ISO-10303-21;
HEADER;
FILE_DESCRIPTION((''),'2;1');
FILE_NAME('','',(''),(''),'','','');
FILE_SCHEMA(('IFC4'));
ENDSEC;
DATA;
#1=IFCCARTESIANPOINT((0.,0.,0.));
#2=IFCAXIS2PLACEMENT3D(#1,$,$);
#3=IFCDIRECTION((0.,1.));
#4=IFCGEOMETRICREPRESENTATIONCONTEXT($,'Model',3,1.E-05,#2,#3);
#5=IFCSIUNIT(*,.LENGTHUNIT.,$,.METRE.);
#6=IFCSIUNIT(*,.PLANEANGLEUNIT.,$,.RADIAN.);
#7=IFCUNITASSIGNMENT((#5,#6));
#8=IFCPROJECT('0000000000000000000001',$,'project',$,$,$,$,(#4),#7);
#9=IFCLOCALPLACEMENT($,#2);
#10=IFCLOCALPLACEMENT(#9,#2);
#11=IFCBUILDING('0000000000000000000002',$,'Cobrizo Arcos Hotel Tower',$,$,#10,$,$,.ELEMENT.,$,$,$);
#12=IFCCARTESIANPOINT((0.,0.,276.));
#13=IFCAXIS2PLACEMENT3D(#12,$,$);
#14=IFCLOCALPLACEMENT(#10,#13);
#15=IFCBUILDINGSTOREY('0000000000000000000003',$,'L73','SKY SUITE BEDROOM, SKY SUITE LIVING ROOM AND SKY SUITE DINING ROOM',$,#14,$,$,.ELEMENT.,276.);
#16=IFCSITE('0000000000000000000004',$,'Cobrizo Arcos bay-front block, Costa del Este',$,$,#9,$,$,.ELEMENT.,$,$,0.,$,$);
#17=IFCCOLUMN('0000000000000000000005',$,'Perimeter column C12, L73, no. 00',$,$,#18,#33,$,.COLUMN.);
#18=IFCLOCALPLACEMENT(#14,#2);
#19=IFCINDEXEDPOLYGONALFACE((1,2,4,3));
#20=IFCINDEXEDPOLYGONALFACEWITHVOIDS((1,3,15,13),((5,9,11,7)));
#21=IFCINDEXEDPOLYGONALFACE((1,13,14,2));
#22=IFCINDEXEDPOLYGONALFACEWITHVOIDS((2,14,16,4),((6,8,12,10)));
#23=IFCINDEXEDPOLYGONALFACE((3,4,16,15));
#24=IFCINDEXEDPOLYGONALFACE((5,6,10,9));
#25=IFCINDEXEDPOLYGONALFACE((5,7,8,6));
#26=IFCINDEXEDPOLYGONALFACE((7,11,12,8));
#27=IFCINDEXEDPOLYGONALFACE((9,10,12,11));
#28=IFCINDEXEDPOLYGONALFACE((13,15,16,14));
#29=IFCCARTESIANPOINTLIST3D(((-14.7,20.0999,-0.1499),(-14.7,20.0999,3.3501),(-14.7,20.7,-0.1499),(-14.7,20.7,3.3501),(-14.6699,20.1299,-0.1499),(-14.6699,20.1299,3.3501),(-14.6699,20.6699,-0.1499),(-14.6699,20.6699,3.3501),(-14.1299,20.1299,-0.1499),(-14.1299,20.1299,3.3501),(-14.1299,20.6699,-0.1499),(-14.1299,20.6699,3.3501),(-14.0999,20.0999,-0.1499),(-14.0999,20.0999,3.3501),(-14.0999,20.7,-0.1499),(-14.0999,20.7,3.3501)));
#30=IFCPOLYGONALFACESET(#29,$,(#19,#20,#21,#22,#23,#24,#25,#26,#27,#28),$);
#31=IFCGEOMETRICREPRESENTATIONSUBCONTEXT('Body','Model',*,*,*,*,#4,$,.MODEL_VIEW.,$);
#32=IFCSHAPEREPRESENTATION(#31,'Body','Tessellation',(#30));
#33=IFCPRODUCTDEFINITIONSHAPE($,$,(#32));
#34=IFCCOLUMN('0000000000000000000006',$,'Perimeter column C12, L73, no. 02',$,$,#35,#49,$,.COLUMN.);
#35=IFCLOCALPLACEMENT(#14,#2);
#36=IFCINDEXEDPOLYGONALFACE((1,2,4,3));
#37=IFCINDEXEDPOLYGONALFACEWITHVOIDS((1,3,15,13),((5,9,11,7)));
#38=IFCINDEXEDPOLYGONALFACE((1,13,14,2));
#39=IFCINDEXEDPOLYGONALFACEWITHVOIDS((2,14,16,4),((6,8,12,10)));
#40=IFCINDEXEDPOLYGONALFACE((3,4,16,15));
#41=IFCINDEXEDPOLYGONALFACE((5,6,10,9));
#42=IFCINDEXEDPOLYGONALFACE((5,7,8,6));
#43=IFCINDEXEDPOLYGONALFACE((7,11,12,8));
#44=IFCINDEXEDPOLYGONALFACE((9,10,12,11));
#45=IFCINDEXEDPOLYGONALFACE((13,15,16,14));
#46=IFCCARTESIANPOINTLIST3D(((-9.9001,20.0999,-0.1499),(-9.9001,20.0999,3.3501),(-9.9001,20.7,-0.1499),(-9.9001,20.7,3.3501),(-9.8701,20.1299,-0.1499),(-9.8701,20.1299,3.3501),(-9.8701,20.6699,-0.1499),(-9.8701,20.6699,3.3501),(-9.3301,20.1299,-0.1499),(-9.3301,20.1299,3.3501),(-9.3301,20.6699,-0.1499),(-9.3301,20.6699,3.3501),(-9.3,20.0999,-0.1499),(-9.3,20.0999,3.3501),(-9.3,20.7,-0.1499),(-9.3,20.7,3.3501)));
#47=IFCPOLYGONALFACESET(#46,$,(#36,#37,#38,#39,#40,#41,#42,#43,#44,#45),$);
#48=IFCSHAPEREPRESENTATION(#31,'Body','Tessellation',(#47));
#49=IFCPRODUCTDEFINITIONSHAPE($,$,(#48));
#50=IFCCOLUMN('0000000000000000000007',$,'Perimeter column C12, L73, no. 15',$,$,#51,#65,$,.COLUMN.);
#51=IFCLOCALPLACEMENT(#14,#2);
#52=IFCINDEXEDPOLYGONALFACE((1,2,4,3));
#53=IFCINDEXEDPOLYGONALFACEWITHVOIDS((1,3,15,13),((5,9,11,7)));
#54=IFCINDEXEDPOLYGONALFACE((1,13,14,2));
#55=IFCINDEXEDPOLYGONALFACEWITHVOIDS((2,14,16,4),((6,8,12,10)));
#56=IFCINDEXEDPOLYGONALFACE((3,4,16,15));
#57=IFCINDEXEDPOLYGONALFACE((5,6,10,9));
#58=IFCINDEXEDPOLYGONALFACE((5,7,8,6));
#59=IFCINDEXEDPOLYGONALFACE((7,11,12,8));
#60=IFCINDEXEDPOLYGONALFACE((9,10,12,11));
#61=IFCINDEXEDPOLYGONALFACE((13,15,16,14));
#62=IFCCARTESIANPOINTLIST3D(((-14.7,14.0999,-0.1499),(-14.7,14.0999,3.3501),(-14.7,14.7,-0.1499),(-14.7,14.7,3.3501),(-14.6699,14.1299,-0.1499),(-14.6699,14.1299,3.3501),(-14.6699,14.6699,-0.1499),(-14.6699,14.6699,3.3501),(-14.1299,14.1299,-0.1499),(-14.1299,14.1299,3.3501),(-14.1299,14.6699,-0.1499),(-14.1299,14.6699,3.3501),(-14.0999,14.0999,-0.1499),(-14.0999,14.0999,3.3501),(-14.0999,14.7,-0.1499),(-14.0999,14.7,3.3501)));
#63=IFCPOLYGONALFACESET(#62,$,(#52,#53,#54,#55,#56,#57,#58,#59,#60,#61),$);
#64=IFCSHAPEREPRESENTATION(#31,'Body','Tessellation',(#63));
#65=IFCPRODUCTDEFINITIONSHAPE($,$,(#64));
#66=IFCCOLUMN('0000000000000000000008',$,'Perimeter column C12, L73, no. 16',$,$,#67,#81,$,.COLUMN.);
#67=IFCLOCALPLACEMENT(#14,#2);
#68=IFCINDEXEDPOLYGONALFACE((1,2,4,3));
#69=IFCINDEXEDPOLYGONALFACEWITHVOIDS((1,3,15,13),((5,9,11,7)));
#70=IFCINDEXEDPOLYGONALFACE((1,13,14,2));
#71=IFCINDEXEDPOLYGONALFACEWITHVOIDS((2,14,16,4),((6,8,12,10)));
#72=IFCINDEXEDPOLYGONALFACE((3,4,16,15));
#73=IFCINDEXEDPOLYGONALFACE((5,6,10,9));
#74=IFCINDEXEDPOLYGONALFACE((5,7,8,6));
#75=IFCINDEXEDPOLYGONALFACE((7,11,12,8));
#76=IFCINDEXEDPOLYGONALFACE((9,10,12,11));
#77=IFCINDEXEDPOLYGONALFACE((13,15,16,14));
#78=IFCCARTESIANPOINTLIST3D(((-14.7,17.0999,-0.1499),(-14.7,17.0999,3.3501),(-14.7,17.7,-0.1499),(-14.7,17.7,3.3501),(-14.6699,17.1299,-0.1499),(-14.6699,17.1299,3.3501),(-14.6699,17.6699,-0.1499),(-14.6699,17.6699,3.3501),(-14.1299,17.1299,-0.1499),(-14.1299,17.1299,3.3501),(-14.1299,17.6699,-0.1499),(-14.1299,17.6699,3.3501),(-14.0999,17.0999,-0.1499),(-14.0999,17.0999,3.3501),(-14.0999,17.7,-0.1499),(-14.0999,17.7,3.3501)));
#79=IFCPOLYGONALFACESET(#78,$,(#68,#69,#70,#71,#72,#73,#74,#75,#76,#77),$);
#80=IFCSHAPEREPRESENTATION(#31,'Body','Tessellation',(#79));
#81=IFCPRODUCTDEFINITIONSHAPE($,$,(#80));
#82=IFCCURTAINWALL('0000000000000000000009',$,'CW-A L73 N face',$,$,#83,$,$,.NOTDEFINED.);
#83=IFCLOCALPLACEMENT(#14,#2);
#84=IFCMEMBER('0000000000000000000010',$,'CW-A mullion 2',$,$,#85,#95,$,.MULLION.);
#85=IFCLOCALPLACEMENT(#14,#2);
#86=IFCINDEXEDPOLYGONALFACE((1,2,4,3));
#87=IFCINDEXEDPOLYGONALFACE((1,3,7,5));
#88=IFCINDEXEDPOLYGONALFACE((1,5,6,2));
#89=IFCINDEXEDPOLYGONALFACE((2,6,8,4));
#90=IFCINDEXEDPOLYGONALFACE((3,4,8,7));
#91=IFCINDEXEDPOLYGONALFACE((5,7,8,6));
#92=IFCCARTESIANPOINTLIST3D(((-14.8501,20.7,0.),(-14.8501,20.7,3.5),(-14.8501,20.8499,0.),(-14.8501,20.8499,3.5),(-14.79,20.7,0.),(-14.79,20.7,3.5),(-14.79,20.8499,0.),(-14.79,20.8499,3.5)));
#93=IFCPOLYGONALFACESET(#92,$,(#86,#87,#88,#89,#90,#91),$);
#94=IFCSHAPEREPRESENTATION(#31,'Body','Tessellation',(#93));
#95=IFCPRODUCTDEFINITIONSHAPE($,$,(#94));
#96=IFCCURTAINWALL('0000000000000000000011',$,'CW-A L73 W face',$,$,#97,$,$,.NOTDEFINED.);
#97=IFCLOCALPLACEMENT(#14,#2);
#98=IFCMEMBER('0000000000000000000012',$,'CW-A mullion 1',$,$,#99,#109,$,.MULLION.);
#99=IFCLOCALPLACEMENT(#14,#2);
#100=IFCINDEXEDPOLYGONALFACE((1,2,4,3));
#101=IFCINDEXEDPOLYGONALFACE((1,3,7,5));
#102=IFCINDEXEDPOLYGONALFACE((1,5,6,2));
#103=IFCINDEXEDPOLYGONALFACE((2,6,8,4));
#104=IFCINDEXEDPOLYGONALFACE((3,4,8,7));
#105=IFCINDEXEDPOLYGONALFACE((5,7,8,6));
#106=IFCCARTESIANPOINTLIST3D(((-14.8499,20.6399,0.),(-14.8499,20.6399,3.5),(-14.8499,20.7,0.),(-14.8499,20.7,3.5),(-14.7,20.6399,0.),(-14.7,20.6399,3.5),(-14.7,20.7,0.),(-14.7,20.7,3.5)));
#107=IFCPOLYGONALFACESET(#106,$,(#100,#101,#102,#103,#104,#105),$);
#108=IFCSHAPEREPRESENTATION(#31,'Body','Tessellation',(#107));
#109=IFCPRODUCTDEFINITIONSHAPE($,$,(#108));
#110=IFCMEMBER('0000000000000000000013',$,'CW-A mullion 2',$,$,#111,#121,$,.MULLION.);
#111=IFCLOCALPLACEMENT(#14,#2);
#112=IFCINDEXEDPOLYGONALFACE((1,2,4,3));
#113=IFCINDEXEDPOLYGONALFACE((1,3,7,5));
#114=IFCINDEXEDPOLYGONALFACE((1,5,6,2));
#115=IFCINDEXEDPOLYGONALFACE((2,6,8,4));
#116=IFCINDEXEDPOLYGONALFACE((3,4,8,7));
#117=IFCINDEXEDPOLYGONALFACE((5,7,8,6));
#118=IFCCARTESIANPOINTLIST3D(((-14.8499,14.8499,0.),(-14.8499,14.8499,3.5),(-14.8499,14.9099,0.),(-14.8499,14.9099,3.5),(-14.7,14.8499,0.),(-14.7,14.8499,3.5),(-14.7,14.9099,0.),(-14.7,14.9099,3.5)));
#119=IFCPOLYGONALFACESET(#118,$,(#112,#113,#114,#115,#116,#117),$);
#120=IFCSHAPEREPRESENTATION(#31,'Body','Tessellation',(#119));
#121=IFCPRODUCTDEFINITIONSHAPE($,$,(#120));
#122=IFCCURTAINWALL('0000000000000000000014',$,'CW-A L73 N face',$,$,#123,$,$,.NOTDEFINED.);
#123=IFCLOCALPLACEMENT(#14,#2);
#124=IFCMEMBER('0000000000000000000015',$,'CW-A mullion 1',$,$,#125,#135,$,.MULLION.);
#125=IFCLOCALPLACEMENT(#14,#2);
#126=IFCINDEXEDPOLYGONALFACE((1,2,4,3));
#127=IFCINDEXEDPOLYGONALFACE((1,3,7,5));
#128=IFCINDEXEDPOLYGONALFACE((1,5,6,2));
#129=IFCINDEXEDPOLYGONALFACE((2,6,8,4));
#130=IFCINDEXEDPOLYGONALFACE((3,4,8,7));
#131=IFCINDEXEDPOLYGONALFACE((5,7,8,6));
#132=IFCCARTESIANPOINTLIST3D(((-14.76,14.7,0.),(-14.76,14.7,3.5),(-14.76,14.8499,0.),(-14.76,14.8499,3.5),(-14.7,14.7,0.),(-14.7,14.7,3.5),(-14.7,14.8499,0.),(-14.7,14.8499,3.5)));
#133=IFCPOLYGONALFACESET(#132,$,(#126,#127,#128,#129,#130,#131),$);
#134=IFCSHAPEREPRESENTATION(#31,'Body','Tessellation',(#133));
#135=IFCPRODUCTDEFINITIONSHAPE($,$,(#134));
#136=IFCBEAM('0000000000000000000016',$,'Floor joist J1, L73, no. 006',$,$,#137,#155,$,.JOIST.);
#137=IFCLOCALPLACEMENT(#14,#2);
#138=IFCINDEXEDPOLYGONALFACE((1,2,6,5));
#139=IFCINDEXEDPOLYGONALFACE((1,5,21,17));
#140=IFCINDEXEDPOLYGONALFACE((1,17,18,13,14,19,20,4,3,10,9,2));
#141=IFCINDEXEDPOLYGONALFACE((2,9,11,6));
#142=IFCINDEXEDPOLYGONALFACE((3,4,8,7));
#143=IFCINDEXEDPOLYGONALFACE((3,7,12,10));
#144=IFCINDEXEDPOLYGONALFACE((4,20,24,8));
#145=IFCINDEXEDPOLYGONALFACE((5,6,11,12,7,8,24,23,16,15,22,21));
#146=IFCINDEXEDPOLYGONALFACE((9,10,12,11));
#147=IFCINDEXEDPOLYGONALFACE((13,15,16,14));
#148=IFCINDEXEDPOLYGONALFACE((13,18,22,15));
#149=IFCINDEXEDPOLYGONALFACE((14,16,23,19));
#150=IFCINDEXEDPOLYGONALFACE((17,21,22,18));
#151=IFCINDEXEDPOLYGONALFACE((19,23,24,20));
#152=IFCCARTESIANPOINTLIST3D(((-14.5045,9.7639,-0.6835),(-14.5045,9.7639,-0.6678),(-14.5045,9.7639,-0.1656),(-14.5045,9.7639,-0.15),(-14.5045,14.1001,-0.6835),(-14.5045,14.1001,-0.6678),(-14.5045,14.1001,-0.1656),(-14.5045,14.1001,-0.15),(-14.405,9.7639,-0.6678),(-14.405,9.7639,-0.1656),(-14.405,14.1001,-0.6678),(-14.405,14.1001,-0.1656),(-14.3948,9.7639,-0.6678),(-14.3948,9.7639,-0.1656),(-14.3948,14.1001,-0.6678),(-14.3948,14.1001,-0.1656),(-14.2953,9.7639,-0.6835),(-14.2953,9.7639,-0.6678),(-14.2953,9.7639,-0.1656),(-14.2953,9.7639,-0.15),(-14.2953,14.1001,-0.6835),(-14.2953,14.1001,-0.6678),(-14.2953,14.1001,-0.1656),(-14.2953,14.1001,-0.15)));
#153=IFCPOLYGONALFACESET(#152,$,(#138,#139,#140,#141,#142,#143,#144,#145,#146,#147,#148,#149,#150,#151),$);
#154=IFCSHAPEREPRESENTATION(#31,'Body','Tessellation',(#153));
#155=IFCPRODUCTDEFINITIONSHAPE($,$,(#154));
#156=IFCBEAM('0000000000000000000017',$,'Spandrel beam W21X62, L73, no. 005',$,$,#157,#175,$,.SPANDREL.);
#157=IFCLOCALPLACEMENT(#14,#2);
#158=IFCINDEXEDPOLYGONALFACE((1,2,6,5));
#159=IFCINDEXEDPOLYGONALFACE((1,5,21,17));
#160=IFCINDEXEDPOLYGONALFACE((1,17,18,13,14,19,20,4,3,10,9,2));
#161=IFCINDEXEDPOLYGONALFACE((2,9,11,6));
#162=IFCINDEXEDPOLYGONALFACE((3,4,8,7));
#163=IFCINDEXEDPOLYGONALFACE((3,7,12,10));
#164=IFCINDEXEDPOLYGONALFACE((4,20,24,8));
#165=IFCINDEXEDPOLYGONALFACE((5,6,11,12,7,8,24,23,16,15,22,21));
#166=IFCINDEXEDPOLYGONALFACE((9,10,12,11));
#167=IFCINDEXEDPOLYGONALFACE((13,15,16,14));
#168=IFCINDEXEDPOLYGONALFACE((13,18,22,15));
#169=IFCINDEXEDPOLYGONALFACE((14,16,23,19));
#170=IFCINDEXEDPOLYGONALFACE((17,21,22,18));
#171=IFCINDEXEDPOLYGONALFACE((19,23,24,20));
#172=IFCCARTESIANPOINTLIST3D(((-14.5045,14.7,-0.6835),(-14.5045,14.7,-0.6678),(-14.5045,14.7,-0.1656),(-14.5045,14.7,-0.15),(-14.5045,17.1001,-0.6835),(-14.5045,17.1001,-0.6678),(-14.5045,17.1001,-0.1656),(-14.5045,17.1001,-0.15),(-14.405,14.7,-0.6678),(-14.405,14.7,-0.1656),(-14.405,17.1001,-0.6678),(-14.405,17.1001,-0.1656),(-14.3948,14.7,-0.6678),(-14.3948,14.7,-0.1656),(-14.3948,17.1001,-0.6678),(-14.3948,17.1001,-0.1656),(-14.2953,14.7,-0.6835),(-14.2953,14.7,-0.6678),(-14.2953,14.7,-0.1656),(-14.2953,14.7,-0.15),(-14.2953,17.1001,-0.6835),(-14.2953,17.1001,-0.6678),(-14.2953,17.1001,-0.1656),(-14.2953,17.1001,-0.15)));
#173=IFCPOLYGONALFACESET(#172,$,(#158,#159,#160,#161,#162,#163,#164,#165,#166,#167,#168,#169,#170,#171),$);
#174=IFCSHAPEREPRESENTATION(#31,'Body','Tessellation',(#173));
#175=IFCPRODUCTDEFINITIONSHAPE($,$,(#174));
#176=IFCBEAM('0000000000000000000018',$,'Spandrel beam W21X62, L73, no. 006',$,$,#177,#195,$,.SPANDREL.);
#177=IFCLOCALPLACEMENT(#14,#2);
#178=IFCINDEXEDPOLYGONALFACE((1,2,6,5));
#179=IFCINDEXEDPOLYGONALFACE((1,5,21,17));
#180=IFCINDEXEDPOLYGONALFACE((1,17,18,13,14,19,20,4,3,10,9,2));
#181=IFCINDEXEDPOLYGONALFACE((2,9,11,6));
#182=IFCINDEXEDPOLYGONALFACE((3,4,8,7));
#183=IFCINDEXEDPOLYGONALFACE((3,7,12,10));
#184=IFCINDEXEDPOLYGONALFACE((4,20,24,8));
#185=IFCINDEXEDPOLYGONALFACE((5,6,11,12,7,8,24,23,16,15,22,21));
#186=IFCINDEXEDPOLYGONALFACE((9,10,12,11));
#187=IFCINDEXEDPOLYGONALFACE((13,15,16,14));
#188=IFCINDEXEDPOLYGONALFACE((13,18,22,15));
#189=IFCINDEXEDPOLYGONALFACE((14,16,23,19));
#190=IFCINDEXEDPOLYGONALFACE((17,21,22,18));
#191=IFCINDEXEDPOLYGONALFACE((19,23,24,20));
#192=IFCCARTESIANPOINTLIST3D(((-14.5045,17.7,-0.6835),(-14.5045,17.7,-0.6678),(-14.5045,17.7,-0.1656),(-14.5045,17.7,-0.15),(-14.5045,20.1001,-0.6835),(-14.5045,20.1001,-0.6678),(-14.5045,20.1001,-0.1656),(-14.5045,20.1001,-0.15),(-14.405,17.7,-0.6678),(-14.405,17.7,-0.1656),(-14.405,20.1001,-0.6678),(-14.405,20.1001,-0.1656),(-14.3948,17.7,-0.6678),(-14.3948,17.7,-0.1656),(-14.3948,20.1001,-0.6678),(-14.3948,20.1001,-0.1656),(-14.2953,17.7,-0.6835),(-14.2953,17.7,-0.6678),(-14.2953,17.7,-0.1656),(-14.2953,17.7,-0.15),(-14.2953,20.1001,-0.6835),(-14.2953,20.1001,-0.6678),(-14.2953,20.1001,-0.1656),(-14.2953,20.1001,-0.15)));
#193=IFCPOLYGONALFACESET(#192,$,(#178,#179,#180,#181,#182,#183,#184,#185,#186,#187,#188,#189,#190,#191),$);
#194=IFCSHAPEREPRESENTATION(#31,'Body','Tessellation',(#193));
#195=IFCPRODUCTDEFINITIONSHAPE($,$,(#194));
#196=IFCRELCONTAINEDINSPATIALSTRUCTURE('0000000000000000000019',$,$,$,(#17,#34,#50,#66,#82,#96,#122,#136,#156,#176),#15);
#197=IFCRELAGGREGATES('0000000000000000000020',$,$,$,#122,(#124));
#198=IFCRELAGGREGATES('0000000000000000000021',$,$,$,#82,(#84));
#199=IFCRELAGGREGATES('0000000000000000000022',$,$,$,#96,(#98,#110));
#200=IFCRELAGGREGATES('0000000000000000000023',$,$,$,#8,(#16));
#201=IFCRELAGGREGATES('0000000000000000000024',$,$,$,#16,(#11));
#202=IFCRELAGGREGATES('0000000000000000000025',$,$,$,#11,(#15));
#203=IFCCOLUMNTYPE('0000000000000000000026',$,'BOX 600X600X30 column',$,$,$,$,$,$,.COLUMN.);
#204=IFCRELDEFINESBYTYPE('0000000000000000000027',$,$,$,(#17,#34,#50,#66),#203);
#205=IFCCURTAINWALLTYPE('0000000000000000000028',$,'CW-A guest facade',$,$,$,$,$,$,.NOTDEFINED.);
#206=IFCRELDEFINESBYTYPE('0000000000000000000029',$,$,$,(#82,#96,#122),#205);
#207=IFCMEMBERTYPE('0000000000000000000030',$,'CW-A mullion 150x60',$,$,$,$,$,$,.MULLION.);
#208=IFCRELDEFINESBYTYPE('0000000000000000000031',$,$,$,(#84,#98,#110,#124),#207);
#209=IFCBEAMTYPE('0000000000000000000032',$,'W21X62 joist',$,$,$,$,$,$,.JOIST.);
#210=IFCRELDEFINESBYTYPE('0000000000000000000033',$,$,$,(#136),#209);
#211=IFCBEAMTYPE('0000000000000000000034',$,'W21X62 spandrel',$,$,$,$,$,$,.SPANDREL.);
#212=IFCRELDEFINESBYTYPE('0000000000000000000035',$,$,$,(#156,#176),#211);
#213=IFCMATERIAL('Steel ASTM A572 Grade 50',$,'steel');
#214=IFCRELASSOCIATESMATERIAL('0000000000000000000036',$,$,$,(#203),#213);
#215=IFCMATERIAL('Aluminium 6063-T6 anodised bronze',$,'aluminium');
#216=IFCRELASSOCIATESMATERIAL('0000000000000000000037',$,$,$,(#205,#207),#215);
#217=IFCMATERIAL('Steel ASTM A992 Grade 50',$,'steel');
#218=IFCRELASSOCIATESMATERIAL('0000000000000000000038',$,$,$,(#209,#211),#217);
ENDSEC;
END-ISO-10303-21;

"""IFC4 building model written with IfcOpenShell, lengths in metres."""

from ifc_helpers import new_model, si_unit, direction, frame, origin, origin_2d, place, context, subcontext, project, spatial, rectangle, hollow_rectangle, i_section, extrude, material, material_profile, profile_set, type_object, element, aggregate, save


model = new_model("IFC4")

# Units and contexts
model_context = context("Model", 3, precision=1e-05, world=origin(), true_north=direction((0.0, 1.0)))
body_context = subcontext(model_context, "Body", "Model", "MODEL_VIEW")
ifc_project = project(units=[si_unit("LENGTHUNIT", "METRE"), si_unit("PLANEANGLEUNIT", "RADIAN")], contexts=[model_context])

# Site, building, storey
site_placement = place(None, origin())
site = spatial("IfcSite", under=ifc_project, at=site_placement, Name="Cobrizo Arcos bay-front block, Costa del Este", CompositionType="ELEMENT", RefElevation=0.0)
building_placement = place(site_placement, origin())
building = spatial("IfcBuilding", under=site, at=building_placement, Name="Cobrizo Arcos Hotel Tower", CompositionType="ELEMENT")
storey_placement = place(building_placement, frame((0.0, 0.0, 276.0)))
storey = spatial("IfcBuildingStorey", under=building, at=storey_placement, Name="L73", Description="SKY SUITE BEDROOM, SKY SUITE LIVING ROOM AND SKY SUITE DINING ROOM", CompositionType="ELEMENT", Elevation=276.0)

# Columns
ifc_material_1 = material(Name="Steel ASTM A572 Grade 50", Category="steel")
ifc_material_profile_1 = material_profile(ifc_material_1, hollow_rectangle(XDim=0.6001, YDim=0.6001, WallThickness=0.03, at=origin_2d()), Name="BOX 600X600X30")
ifc_profile_set_1 = profile_set([ifc_material_profile_1], Name="Steel ASTM A572 Grade 50")
column_type = type_object("IfcColumnType", Name="BOX 600X600X30 column", PredefinedType="COLUMN", material=ifc_profile_set_1)
for number, where, z_axis, x_axis, name in (
    (1, (-14.3999, 20.3999, -0.1499), (0.0, 0.0, 1.0), (1.0, 0.0, 0.0), "Perimeter column C12, L73, no. 00"),
    (2, (-9.6001, 20.3999, -0.1499), (0.0, 0.0, 1.0), (1.0, 0.0, 0.0), "Perimeter column C12, L73, no. 02"),
    (3, (-14.3999, 14.3999, -0.1499), (0.0, 0.0, 1.0), (1.0, 0.0, 0.0), "Perimeter column C12, L73, no. 15"),
    (4, (-14.3999, 17.3999, -0.1499), (0.0, 0.0, 1.0), (1.0, 0.0, 0.0), "Perimeter column C12, L73, no. 16"),
):
    element("IfcColumn", number, at=place(storey_placement, frame(where, z_axis=z_axis, x_axis=x_axis)), inside=storey, type_object=column_type, Name=name, PredefinedType="COLUMN", context=body_context, shape_type="SweptSolid", body=[
        extrude(hollow_rectangle(XDim=0.6001, YDim=0.6001, WallThickness=0.03, at=origin_2d()), origin(), (0.0, 0.0, 1.0), 3.5),
    ])

# Curtain wall, member
ifc_material_2 = material(Name="Aluminium 6063-T6 anodised bronze", Category="aluminium")
curtain_wall_type = type_object("IfcCurtainWallType", Name="CW-A guest facade", PredefinedType="NOTDEFINED", material=ifc_material_2)
curtain_wall_1_placement = place(storey_placement, origin())
curtain_wall_1 = element("IfcCurtainWall", 5, at=curtain_wall_1_placement, inside=storey, type_object=curtain_wall_type, Name="CW-A L73 N face", PredefinedType="NOTDEFINED")
ifc_material_profile_2 = material_profile(ifc_material_2, rectangle(XDim=0.1499, YDim=0.0601, at=origin_2d()), Name="CW-A mullion 150x60")
ifc_profile_set_2 = profile_set([ifc_material_profile_2], Name="Aluminium 6063-T6 anodised bronze")
member_type = type_object("IfcMemberType", Name="CW-A mullion 150x60", PredefinedType="MULLION", material=ifc_profile_set_2)
member_1_placement = place(storey_placement, frame((-14.8201, 20.7749, 0.0), z_axis=(0.0, 0.0, 1.0), x_axis=(0.0, 1.0, 0.0)))
member_1 = element("IfcMember", 6, at=member_1_placement, type_object=member_type, Name="CW-A mullion 2", PredefinedType="MULLION", context=body_context, shape_type="SweptSolid", body=[
    extrude(rectangle(XDim=0.1499, YDim=0.0601, at=origin_2d()), origin(), (0.0, 0.0, 1.0), 3.5),
])

# Curtain wall, members
curtain_wall_2_placement = place(storey_placement, origin())
curtain_wall_2 = element("IfcCurtainWall", 7, at=curtain_wall_2_placement, inside=storey, type_object=curtain_wall_type, Name="CW-A L73 W face", PredefinedType="NOTDEFINED")
member_2_placement = place(storey_placement, frame((-14.7749, 20.6699, 0.0), z_axis=(0.0, 0.0, 1.0), x_axis=(-1.0, 0.0, 0.0)))
member_2 = element("IfcMember", 8, at=member_2_placement, type_object=member_type, Name="CW-A mullion 1", PredefinedType="MULLION", context=body_context, shape_type="SweptSolid", body=[
    extrude(rectangle(XDim=0.1499, YDim=0.0601, at=origin_2d()), origin(), (0.0, 0.0, 1.0), 3.5),
])
member_3_placement = place(storey_placement, frame((-14.7749, 14.8799, 0.0), z_axis=(0.0, 0.0, 1.0), x_axis=(-1.0, 0.0, 0.0)))
member_3 = element("IfcMember", 9, at=member_3_placement, type_object=member_type, Name="CW-A mullion 2", PredefinedType="MULLION", context=body_context, shape_type="SweptSolid", body=[
    extrude(rectangle(XDim=0.1499, YDim=0.0601, at=origin_2d()), origin(), (0.0, 0.0, 1.0), 3.5),
])

# Curtain wall, member
curtain_wall_3_placement = place(storey_placement, origin())
curtain_wall_3 = element("IfcCurtainWall", 10, at=curtain_wall_3_placement, inside=storey, type_object=curtain_wall_type, Name="CW-A L73 N face", PredefinedType="NOTDEFINED")
member_4_placement = place(storey_placement, frame((-14.73, 14.7749, 0.0), z_axis=(0.0, 0.0, 1.0), x_axis=(0.0, 1.0, 0.0)))
member_4 = element("IfcMember", 11, at=member_4_placement, type_object=member_type, Name="CW-A mullion 1", PredefinedType="MULLION", context=body_context, shape_type="SweptSolid", body=[
    extrude(rectangle(XDim=0.1499, YDim=0.0601, at=origin_2d()), origin(), (0.0, 0.0, 1.0), 3.5),
])
aggregate(curtain_wall_3, [member_4])

# Beams
ifc_material_3 = material(Name="Steel ASTM A992 Grade 50", Category="steel")
ifc_material_profile_3 = material_profile(ifc_material_3, i_section(OverallWidth=0.2092, OverallDepth=0.5334, WebThickness=0.0103, FlangeThickness=0.0156, at=origin_2d()), Name="W21X62")
ifc_profile_set_3 = profile_set([ifc_material_profile_3], Name="Steel ASTM A992 Grade 50")
beam_type_1 = type_object("IfcBeamType", Name="W21X62 joist", PredefinedType="JOIST", material=ifc_profile_set_3)
beam_1_placement = place(storey_placement, frame((-14.3999, 9.7639, -0.4167), z_axis=(0.0, 1.0, 0.0), x_axis=(-1.0, 0.0, 0.0)))
element("IfcBeam", 12, at=beam_1_placement, inside=storey, type_object=beam_type_1, Name="Floor joist J1, L73, no. 006", PredefinedType="JOIST", context=body_context, shape_type="SweptSolid", body=[
    extrude(i_section(OverallWidth=0.2092, OverallDepth=0.5334, WebThickness=0.0103, FlangeThickness=0.0156, at=origin_2d()), origin(), (0.0, 0.0, 1.0), 4.3362),
])
ifc_material_profile_4 = material_profile(ifc_material_3, i_section(OverallWidth=0.2092, OverallDepth=0.5334, WebThickness=0.0103, FlangeThickness=0.0156, at=origin_2d()), Name="W21X62")
ifc_profile_set_4 = profile_set([ifc_material_profile_4], Name="Steel ASTM A992 Grade 50")
beam_type_2 = type_object("IfcBeamType", Name="W21X62 spandrel", PredefinedType="SPANDREL", material=ifc_profile_set_4)
for number, where, z_axis, x_axis, name in (
    (13, (-14.3999, 14.7, -0.4167), (0.0, 1.0, 0.0), (-1.0, 0.0, 0.0), "Spandrel beam W21X62, L73, no. 005"),
    (14, (-14.3999, 17.7, -0.4167), (0.0, 1.0, 0.0), (-1.0, 0.0, 0.0), "Spandrel beam W21X62, L73, no. 006"),
):
    element("IfcBeam", number, at=place(storey_placement, frame(where, z_axis=z_axis, x_axis=x_axis)), inside=storey, type_object=beam_type_2, Name=name, PredefinedType="SPANDREL", context=body_context, shape_type="SweptSolid", body=[
        extrude(i_section(OverallWidth=0.2092, OverallDepth=0.5334, WebThickness=0.0103, FlangeThickness=0.0156, at=origin_2d()), origin(), (0.0, 0.0, 1.0), 2.4001),
    ])

aggregate(curtain_wall_1, [member_1])
aggregate(curtain_wall_2, [member_2, member_3])

save(model, "model.ifc")
